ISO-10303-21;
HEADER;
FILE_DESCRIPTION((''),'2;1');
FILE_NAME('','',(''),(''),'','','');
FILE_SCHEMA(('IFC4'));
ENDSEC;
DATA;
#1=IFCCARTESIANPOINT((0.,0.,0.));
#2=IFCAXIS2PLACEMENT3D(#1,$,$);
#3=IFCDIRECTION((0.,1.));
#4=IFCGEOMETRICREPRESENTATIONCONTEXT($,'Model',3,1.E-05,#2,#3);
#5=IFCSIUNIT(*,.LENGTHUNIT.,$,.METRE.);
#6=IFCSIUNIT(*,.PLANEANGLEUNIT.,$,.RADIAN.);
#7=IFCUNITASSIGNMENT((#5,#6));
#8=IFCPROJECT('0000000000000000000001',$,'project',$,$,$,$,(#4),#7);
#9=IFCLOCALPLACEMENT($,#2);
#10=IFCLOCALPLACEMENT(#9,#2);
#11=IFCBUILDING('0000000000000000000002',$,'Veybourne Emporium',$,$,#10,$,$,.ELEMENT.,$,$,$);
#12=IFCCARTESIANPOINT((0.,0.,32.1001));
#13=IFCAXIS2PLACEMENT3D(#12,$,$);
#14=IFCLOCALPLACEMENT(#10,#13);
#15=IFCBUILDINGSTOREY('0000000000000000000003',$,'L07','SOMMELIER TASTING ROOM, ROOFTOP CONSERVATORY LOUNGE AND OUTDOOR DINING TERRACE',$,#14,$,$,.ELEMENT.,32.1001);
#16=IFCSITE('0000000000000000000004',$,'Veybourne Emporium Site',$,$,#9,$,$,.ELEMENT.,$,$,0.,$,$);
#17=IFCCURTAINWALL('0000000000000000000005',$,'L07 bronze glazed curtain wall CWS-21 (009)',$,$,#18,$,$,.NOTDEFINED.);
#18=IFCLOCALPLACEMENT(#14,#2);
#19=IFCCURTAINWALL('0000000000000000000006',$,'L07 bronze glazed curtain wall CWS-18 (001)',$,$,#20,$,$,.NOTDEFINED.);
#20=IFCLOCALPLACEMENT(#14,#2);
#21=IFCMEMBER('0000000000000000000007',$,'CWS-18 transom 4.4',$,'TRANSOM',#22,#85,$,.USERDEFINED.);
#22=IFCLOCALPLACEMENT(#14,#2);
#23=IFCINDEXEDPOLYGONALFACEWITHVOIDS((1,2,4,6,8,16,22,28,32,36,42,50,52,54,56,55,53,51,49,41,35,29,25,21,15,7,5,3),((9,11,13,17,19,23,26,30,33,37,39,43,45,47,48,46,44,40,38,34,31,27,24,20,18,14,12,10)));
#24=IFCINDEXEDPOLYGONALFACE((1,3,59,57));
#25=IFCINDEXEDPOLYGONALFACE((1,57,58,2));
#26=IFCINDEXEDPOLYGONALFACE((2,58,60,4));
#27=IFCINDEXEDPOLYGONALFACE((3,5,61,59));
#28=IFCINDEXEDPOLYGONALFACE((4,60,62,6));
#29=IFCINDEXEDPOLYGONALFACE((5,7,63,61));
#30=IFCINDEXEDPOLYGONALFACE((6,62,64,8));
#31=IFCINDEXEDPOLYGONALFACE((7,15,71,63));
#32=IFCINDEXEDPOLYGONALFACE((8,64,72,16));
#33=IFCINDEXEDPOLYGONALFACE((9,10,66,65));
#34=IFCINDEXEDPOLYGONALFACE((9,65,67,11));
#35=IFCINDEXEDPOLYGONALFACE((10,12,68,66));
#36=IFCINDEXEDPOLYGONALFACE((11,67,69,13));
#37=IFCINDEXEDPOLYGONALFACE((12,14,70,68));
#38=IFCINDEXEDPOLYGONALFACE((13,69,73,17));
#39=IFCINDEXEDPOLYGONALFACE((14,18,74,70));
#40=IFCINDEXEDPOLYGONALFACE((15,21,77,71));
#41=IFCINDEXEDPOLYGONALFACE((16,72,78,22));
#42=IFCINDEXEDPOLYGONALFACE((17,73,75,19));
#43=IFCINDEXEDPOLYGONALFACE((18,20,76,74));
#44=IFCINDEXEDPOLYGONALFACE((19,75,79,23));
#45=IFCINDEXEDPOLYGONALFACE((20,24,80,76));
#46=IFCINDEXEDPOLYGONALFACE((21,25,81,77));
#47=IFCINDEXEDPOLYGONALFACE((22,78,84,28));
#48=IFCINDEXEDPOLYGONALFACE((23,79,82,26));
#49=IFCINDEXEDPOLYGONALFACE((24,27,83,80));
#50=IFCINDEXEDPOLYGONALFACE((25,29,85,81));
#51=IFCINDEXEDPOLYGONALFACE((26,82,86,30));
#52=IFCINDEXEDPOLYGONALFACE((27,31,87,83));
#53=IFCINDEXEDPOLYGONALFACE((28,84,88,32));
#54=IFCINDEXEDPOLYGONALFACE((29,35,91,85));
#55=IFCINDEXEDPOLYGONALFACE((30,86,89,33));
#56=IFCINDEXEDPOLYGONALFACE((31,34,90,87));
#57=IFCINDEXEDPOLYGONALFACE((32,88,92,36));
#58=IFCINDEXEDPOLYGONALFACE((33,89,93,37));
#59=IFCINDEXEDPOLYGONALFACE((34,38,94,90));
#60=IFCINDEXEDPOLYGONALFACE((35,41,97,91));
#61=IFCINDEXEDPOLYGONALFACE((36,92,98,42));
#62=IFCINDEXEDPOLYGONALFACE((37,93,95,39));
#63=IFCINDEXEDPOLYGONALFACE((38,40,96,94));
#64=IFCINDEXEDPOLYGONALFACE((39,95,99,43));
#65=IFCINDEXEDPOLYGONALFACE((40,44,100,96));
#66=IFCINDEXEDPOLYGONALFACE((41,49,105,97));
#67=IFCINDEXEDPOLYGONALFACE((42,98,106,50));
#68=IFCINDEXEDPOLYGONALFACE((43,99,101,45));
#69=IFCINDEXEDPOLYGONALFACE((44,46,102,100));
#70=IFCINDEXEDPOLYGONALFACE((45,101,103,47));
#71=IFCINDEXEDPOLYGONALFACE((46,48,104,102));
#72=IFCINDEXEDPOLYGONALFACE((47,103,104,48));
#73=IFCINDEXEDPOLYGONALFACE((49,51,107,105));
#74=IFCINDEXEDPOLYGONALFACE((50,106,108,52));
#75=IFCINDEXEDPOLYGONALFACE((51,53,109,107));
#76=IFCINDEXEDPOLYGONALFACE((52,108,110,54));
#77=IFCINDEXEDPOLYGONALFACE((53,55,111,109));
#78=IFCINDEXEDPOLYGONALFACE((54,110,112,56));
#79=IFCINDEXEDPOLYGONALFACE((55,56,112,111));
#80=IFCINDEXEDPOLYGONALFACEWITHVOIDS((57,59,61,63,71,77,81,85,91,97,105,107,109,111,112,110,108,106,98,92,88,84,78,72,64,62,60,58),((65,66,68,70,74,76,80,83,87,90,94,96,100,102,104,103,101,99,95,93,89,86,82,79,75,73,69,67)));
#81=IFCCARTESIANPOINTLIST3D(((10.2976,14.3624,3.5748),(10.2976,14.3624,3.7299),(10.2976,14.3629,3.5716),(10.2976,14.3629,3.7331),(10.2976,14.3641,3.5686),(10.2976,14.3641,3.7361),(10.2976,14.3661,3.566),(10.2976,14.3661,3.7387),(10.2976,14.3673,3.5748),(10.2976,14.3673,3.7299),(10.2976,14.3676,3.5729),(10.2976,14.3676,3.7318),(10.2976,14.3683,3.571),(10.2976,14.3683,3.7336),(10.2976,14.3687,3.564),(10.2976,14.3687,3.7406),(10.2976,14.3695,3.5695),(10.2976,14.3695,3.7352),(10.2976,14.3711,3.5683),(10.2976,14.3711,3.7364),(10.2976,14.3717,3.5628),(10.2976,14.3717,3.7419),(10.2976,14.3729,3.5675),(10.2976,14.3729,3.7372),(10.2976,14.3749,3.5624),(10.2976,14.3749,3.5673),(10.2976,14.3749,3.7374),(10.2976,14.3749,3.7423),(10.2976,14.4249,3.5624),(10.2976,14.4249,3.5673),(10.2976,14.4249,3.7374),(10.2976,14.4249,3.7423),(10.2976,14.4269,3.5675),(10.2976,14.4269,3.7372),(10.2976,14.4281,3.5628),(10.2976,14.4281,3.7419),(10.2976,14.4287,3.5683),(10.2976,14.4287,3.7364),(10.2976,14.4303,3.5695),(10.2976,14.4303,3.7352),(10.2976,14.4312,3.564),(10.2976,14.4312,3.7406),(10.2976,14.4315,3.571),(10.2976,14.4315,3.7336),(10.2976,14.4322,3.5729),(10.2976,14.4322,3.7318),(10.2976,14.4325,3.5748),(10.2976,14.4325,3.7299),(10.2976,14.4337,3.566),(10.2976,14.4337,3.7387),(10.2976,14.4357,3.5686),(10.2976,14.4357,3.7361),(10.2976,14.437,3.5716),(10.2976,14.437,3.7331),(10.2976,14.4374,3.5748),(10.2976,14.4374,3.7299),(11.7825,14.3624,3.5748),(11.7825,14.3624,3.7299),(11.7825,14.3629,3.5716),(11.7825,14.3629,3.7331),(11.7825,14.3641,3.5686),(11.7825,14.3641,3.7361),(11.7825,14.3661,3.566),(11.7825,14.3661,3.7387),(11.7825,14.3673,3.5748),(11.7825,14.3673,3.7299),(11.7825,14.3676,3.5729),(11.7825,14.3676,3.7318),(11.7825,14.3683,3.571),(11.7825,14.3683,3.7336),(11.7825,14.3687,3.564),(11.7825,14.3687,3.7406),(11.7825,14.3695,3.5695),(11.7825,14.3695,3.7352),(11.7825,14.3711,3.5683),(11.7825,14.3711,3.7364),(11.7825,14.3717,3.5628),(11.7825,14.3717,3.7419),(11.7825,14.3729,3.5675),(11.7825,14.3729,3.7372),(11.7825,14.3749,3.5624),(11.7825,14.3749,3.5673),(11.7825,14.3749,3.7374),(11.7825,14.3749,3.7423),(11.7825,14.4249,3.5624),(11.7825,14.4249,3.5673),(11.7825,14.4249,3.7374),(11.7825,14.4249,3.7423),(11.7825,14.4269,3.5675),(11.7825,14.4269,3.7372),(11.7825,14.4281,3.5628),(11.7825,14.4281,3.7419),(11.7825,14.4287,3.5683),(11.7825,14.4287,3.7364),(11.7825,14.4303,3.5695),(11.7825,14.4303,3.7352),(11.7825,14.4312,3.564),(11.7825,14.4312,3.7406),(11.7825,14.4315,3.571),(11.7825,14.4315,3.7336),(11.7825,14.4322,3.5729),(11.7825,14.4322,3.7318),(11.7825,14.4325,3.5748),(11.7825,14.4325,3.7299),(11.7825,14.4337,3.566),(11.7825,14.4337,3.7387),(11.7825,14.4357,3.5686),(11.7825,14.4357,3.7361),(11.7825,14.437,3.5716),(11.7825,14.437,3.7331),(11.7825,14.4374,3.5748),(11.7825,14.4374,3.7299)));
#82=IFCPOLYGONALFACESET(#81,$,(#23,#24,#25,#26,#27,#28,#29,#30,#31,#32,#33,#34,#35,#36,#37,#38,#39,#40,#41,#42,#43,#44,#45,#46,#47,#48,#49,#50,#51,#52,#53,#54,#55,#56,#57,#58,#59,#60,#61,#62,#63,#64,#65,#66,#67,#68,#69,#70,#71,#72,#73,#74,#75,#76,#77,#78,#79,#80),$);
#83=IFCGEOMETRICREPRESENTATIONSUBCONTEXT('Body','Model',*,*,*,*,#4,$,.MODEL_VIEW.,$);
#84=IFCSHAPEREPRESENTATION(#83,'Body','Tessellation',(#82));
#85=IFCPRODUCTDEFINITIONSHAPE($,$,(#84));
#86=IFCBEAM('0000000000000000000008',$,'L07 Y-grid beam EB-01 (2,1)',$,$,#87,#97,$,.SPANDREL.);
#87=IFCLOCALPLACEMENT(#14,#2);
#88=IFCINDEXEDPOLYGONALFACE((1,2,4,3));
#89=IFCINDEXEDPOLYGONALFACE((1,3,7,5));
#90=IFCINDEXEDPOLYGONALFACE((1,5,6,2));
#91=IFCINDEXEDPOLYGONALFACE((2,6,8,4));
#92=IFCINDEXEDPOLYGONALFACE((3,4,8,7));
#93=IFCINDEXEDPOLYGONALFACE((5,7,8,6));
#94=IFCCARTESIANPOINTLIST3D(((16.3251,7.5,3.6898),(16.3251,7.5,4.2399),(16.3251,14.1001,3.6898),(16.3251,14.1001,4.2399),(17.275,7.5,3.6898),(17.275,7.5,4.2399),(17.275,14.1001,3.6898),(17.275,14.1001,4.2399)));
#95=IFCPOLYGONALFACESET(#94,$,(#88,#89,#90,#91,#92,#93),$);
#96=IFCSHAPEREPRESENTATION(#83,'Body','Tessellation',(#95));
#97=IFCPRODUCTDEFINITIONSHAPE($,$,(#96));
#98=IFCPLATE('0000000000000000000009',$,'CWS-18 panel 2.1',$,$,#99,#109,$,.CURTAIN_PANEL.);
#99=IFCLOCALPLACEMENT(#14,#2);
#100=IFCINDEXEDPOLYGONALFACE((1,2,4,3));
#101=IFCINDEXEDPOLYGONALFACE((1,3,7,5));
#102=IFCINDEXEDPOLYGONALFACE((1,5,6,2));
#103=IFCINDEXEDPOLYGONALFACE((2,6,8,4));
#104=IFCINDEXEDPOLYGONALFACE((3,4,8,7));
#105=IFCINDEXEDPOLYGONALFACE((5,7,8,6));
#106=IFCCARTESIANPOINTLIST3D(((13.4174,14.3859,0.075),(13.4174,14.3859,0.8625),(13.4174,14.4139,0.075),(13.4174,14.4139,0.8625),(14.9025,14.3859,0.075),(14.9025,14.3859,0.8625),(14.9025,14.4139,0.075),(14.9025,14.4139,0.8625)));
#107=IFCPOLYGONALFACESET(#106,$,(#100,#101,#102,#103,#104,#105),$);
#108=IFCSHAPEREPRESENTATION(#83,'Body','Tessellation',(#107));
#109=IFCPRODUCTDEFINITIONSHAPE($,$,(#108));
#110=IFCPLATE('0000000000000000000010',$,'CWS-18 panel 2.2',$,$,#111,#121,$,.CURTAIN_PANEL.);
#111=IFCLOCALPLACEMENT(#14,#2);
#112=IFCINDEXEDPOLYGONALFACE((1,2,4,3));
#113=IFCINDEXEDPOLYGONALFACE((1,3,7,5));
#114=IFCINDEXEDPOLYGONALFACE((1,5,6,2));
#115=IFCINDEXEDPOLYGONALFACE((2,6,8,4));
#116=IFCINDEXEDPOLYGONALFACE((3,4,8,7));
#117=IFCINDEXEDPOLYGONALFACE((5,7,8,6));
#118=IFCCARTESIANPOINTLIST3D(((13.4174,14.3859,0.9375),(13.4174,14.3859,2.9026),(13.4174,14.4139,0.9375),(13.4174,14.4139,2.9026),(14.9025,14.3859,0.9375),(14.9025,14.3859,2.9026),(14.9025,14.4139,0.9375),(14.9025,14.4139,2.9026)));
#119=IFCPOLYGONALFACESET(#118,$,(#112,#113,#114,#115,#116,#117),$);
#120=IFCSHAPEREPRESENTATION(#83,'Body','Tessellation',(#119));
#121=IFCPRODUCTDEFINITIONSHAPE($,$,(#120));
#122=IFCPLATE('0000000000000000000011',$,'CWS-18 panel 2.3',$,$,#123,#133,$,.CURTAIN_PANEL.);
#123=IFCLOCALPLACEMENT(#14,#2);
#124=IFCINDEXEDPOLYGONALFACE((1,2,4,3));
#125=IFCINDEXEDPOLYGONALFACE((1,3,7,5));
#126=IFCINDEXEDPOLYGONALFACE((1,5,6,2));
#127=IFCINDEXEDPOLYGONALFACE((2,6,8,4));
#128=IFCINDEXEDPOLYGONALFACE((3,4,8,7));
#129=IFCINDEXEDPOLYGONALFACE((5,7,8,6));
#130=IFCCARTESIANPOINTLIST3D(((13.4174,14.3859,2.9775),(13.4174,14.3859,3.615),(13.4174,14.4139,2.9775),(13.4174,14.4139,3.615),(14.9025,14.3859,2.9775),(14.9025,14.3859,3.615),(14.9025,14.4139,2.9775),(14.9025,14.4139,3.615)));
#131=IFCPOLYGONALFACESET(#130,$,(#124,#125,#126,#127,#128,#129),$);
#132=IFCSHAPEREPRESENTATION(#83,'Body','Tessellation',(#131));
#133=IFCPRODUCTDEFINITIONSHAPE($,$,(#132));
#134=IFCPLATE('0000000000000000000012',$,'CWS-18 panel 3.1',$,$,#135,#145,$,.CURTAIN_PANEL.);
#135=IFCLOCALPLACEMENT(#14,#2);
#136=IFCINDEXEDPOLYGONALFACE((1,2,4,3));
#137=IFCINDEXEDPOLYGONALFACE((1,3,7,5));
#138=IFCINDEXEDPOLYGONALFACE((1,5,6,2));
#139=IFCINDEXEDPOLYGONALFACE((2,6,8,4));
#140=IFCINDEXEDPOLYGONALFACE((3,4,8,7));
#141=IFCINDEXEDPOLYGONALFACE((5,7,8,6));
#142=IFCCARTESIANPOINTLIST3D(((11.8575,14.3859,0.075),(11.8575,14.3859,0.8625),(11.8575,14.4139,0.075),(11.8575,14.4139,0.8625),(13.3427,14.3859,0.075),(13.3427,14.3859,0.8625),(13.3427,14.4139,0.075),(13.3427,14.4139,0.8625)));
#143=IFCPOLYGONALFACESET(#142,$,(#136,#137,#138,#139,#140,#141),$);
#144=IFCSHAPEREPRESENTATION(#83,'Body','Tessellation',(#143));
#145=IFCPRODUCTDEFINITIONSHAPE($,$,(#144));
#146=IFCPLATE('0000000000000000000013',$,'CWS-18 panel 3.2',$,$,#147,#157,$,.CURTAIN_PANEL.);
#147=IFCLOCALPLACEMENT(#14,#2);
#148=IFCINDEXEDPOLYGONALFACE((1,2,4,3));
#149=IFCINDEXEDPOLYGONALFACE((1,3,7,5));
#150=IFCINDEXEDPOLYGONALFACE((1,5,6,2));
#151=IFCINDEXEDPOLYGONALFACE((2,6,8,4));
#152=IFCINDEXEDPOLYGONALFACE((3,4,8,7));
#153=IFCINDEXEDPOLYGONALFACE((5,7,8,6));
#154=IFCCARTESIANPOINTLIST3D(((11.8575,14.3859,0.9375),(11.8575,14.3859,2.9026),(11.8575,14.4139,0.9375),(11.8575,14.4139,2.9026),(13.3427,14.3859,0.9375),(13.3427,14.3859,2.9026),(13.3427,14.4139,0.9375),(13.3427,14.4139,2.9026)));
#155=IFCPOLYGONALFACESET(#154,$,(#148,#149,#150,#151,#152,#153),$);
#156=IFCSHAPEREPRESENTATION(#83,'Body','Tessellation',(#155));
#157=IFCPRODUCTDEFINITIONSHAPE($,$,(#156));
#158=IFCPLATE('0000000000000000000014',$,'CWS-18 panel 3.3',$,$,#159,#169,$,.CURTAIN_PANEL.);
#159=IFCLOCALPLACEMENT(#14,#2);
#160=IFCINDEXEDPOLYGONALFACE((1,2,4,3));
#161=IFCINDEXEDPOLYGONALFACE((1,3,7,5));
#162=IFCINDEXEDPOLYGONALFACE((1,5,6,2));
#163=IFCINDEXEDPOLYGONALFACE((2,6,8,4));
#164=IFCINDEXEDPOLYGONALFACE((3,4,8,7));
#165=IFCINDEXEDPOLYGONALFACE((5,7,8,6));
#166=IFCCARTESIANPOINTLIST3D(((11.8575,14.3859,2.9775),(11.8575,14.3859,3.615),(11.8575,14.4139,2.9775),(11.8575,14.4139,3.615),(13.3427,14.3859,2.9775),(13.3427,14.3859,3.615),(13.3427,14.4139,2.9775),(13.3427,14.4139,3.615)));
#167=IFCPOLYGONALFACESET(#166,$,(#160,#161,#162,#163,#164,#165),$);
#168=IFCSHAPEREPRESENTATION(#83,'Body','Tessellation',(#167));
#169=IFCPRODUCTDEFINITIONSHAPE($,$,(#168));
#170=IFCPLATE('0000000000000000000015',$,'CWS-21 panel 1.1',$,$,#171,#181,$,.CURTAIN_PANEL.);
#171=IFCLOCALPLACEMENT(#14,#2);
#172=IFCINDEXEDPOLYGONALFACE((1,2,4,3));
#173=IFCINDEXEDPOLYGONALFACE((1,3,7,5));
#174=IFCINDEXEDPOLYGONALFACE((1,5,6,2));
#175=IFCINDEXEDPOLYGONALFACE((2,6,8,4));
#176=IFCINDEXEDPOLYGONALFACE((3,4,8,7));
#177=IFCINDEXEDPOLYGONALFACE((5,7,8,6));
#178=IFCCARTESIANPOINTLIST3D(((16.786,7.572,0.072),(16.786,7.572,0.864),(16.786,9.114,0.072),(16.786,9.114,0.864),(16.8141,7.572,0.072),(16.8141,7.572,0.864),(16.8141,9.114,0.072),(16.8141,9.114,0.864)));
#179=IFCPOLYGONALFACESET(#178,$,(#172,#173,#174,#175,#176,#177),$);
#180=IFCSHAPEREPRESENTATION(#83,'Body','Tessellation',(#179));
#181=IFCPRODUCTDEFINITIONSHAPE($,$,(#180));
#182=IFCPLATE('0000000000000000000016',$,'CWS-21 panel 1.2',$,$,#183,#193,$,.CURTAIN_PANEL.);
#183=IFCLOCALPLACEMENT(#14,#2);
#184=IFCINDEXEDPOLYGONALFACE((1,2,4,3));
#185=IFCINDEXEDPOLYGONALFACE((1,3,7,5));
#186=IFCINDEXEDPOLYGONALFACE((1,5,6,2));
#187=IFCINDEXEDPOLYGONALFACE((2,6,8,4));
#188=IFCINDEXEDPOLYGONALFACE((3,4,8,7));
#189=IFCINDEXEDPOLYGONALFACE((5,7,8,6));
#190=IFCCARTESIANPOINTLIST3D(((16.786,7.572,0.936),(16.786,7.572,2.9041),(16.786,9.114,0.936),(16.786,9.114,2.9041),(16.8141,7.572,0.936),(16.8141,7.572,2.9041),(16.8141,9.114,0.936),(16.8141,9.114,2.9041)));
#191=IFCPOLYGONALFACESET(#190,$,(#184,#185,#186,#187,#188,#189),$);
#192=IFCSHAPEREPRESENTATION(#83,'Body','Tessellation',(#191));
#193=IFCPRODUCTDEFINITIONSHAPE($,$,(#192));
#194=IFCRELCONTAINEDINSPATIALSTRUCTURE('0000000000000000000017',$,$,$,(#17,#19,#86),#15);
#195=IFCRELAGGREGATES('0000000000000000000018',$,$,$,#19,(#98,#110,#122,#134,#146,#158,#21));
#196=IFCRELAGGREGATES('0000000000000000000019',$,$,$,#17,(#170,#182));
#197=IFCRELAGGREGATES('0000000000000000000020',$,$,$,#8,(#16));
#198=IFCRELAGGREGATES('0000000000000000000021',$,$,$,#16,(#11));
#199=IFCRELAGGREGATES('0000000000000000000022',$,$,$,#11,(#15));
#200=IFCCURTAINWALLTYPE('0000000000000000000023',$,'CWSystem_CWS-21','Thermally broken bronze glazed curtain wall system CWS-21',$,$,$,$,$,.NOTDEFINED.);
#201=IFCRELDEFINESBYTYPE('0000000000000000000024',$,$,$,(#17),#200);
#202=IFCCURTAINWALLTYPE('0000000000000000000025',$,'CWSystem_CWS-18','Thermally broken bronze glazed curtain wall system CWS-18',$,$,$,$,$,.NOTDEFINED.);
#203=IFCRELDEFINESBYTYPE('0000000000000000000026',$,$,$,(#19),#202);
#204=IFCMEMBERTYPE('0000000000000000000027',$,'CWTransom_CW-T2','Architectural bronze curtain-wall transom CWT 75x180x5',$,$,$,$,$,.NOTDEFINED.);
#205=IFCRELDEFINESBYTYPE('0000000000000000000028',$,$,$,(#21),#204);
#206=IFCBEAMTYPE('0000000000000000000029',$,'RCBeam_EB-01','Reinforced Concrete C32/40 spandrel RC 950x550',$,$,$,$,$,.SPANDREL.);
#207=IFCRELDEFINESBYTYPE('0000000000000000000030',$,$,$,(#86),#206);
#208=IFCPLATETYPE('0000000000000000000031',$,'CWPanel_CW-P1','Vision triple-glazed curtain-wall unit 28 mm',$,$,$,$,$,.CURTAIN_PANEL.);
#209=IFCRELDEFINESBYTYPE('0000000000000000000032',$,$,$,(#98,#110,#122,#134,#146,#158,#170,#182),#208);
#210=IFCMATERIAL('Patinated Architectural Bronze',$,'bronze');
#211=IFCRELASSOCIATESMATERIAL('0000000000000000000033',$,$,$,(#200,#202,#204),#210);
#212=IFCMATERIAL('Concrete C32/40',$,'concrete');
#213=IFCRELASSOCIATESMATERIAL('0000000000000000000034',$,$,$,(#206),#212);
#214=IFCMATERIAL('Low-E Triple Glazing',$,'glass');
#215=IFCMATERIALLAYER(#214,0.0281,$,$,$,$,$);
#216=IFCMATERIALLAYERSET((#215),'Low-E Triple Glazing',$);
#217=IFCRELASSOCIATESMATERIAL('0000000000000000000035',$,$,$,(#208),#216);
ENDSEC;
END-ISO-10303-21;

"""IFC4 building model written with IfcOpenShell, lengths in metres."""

from ifc_helpers import new_model, si_unit, direction, frame, origin, origin_2d, place, context, subcontext, project, spatial, rectangle, hollow_rectangle, extrude, material, layer, layer_set, material_profile, profile_set, type_object, element, aggregate, save


model = new_model("IFC4")

# Units and contexts
model_context = context("Model", 3, precision=1e-05, world=origin(), true_north=direction((0.0, 1.0)))
body_context = subcontext(model_context, "Body", "Model", "MODEL_VIEW")
ifc_project = project(units=[si_unit("LENGTHUNIT", "METRE"), si_unit("PLANEANGLEUNIT", "RADIAN")], contexts=[model_context])

# Site, building, storey
site_placement = place(None, origin())
site = spatial("IfcSite", under=ifc_project, at=site_placement, Name="Veybourne Emporium Site", CompositionType="ELEMENT", RefElevation=0.0)
building_placement = place(site_placement, origin())
building = spatial("IfcBuilding", under=site, at=building_placement, Name="Veybourne Emporium", CompositionType="ELEMENT")
storey_placement = place(building_placement, frame((0.0, 0.0, 32.1001)))
storey = spatial("IfcBuildingStorey", under=building, at=storey_placement, Name="L07", Description="SOMMELIER TASTING ROOM, ROOFTOP CONSERVATORY LOUNGE AND OUTDOOR DINING TERRACE", CompositionType="ELEMENT", Elevation=32.1001)

# Curtain walls
ifc_material_1 = material(Name="Patinated Architectural Bronze", Category="bronze")
curtain_wall_type_1 = type_object("IfcCurtainWallType", Name="CWSystem_CWS-21", Description="Thermally broken bronze glazed curtain wall system CWS-21", PredefinedType="NOTDEFINED", material=ifc_material_1)
curtain_wall_1_placement = place(storey_placement, origin())
curtain_wall_1 = element("IfcCurtainWall", 1, at=curtain_wall_1_placement, inside=storey, type_object=curtain_wall_type_1, Name="L07 bronze glazed curtain wall CWS-21 (009)", PredefinedType="NOTDEFINED")
curtain_wall_type_2 = type_object("IfcCurtainWallType", Name="CWSystem_CWS-18", Description="Thermally broken bronze glazed curtain wall system CWS-18", PredefinedType="NOTDEFINED", material=ifc_material_1)
curtain_wall_2_placement = place(storey_placement, origin())
curtain_wall_2 = element("IfcCurtainWall", 2, at=curtain_wall_2_placement, inside=storey, type_object=curtain_wall_type_2, Name="L07 bronze glazed curtain wall CWS-18 (001)", PredefinedType="NOTDEFINED")

# Member
ifc_material_profile_1 = material_profile(ifc_material_1, hollow_rectangle(XDim=0.075, YDim=0.1799, WallThickness=0.0049, InnerFilletRadius=0.0076, OuterFilletRadius=0.0125, at=origin_2d()), Name="CWT 75x180x5")
ifc_profile_set_1 = profile_set([ifc_material_profile_1], Name="Patinated Architectural Bronze")
member_type_1 = type_object("IfcMemberType", Name="CWTransom_CW-T2", Description="Architectural bronze curtain-wall transom CWT 75x180x5", PredefinedType="NOTDEFINED", material=ifc_profile_set_1)
member_1_placement = place(storey_placement, frame((11.7825, 14.3999, 3.6523), z_axis=(-1.0, 0.0, 0.0), x_axis=(0.0, -1.0, 0.0)))
member_1 = element("IfcMember", 3, at=member_1_placement, type_object=member_type_1, Name="CWS-18 transom 4.4", ObjectType="TRANSOM", PredefinedType="USERDEFINED", context=body_context, shape_type="SweptSolid", body=[
    extrude(hollow_rectangle(XDim=0.075, YDim=0.1799, WallThickness=0.0049, InnerFilletRadius=0.0076, OuterFilletRadius=0.0125, at=origin_2d()), origin(), (0.0, 0.0, 1.0), 1.4849),
])

# Beam
ifc_material_2 = material(Name="Concrete C32/40", Category="concrete")
ifc_material_profile_2 = material_profile(ifc_material_2, rectangle(XDim=0.95, YDim=0.55, at=origin_2d()), Name="RC 950x550")
ifc_profile_set_2 = profile_set([ifc_material_profile_2], Name="Concrete C32/40")
beam_type = type_object("IfcBeamType", Name="RCBeam_EB-01", Description="Reinforced Concrete C32/40 spandrel RC 950x550", PredefinedType="SPANDREL", material=ifc_profile_set_2)
beam_placement = place(storey_placement, frame((16.8, 7.5, 3.9648), z_axis=(0.0, 1.0, 0.0), x_axis=(-1.0, 0.0, 0.0)))
element("IfcBeam", 4, at=beam_placement, inside=storey, type_object=beam_type, Name="L07 Y-grid beam EB-01 (2,1)", PredefinedType="SPANDREL", context=body_context, shape_type="SweptSolid", body=[
    extrude(rectangle(XDim=0.95, YDim=0.55, at=origin_2d()), origin(), (0.0, 0.0, 1.0), 6.6001),
])

# Plates
ifc_material_3 = material(Name="Low-E Triple Glazing", Category="glass")
ifc_layer_1 = layer(ifc_material_3, 0.0281)
ifc_layer_set_1 = layer_set([ifc_layer_1], Name="Low-E Triple Glazing")
plate_type = type_object("IfcPlateType", Name="CWPanel_CW-P1", Description="Vision triple-glazed curtain-wall unit 28 mm", PredefinedType="CURTAIN_PANEL", material=ifc_layer_set_1)
plate_1_placement = place(storey_placement, frame((14.1599, 14.3999, 0.075), z_axis=(0.0, 0.0, 1.0), x_axis=(-1.0, 0.0, 0.0)))
plate_1 = element("IfcPlate", 5, at=plate_1_placement, type_object=plate_type, Name="CWS-18 panel 2.1", PredefinedType="CURTAIN_PANEL", context=body_context, shape_type="SweptSolid", body=[
    extrude(rectangle(XDim=1.4851, YDim=0.0281, at=origin_2d()), origin(), (0.0, 0.0, 1.0), 0.7876),
])
plate_2_placement = place(storey_placement, frame((14.1599, 14.3999, 0.9375), z_axis=(0.0, 0.0, 1.0), x_axis=(-1.0, 0.0, 0.0)))
plate_2 = element("IfcPlate", 6, at=plate_2_placement, type_object=plate_type, Name="CWS-18 panel 2.2", PredefinedType="CURTAIN_PANEL", context=body_context, shape_type="SweptSolid", body=[
    extrude(rectangle(XDim=1.4851, YDim=0.0281, at=origin_2d()), origin(), (0.0, 0.0, 1.0), 1.9651),
])
plate_3_placement = place(storey_placement, frame((14.1599, 14.3999, 2.9775), z_axis=(0.0, 0.0, 1.0), x_axis=(-1.0, 0.0, 0.0)))
plate_3 = element("IfcPlate", 7, at=plate_3_placement, type_object=plate_type, Name="CWS-18 panel 2.3", PredefinedType="CURTAIN_PANEL", context=body_context, shape_type="SweptSolid", body=[
    extrude(rectangle(XDim=1.4851, YDim=0.0281, at=origin_2d()), origin(), (0.0, 0.0, 1.0), 0.6375),
])
plate_4_placement = place(storey_placement, frame((12.6001, 14.3999, 0.075), z_axis=(0.0, 0.0, 1.0), x_axis=(-1.0, 0.0, 0.0)))
plate_4 = element("IfcPlate", 8, at=plate_4_placement, type_object=plate_type, Name="CWS-18 panel 3.1", PredefinedType="CURTAIN_PANEL", context=body_context, shape_type="SweptSolid", body=[
    extrude(rectangle(XDim=1.4851, YDim=0.0281, at=origin_2d()), origin(), (0.0, 0.0, 1.0), 0.7876),
])
plate_5_placement = place(storey_placement, frame((12.6001, 14.3999, 0.9375), z_axis=(0.0, 0.0, 1.0), x_axis=(-1.0, 0.0, 0.0)))
plate_5 = element("IfcPlate", 9, at=plate_5_placement, type_object=plate_type, Name="CWS-18 panel 3.2", PredefinedType="CURTAIN_PANEL", context=body_context, shape_type="SweptSolid", body=[
    extrude(rectangle(XDim=1.4851, YDim=0.0281, at=origin_2d()), origin(), (0.0, 0.0, 1.0), 1.9651),
])
plate_6_placement = place(storey_placement, frame((12.6001, 14.3999, 2.9775), z_axis=(0.0, 0.0, 1.0), x_axis=(-1.0, 0.0, 0.0)))
plate_6 = element("IfcPlate", 10, at=plate_6_placement, type_object=plate_type, Name="CWS-18 panel 3.3", PredefinedType="CURTAIN_PANEL", context=body_context, shape_type="SweptSolid", body=[
    extrude(rectangle(XDim=1.4851, YDim=0.0281, at=origin_2d()), origin(), (0.0, 0.0, 1.0), 0.6375),
])
aggregate(curtain_wall_2, [plate_1, plate_2, plate_3, plate_4, plate_5, plate_6, member_1])
plate_7_placement = place(storey_placement, frame((16.8, 8.343, 0.072), z_axis=(0.0, 0.0, 1.0), x_axis=(0.0, 1.0, 0.0)))
plate_7 = element("IfcPlate", 11, at=plate_7_placement, type_object=plate_type, Name="CWS-21 panel 1.1", PredefinedType="CURTAIN_PANEL", context=body_context, shape_type="SweptSolid", body=[
    extrude(rectangle(XDim=1.542, YDim=0.0281, at=origin_2d()), origin(), (0.0, 0.0, 1.0), 0.792),
])
plate_8_placement = place(storey_placement, frame((16.8, 8.343, 0.936), z_axis=(0.0, 0.0, 1.0), x_axis=(0.0, 1.0, 0.0)))
plate_8 = element("IfcPlate", 12, at=plate_8_placement, type_object=plate_type, Name="CWS-21 panel 1.2", PredefinedType="CURTAIN_PANEL", context=body_context, shape_type="SweptSolid", body=[
    extrude(rectangle(XDim=1.542, YDim=0.0281, at=origin_2d()), origin(), (0.0, 0.0, 1.0), 1.968),
])
aggregate(curtain_wall_1, [plate_7, plate_8])

save(model, "model.ifc")
